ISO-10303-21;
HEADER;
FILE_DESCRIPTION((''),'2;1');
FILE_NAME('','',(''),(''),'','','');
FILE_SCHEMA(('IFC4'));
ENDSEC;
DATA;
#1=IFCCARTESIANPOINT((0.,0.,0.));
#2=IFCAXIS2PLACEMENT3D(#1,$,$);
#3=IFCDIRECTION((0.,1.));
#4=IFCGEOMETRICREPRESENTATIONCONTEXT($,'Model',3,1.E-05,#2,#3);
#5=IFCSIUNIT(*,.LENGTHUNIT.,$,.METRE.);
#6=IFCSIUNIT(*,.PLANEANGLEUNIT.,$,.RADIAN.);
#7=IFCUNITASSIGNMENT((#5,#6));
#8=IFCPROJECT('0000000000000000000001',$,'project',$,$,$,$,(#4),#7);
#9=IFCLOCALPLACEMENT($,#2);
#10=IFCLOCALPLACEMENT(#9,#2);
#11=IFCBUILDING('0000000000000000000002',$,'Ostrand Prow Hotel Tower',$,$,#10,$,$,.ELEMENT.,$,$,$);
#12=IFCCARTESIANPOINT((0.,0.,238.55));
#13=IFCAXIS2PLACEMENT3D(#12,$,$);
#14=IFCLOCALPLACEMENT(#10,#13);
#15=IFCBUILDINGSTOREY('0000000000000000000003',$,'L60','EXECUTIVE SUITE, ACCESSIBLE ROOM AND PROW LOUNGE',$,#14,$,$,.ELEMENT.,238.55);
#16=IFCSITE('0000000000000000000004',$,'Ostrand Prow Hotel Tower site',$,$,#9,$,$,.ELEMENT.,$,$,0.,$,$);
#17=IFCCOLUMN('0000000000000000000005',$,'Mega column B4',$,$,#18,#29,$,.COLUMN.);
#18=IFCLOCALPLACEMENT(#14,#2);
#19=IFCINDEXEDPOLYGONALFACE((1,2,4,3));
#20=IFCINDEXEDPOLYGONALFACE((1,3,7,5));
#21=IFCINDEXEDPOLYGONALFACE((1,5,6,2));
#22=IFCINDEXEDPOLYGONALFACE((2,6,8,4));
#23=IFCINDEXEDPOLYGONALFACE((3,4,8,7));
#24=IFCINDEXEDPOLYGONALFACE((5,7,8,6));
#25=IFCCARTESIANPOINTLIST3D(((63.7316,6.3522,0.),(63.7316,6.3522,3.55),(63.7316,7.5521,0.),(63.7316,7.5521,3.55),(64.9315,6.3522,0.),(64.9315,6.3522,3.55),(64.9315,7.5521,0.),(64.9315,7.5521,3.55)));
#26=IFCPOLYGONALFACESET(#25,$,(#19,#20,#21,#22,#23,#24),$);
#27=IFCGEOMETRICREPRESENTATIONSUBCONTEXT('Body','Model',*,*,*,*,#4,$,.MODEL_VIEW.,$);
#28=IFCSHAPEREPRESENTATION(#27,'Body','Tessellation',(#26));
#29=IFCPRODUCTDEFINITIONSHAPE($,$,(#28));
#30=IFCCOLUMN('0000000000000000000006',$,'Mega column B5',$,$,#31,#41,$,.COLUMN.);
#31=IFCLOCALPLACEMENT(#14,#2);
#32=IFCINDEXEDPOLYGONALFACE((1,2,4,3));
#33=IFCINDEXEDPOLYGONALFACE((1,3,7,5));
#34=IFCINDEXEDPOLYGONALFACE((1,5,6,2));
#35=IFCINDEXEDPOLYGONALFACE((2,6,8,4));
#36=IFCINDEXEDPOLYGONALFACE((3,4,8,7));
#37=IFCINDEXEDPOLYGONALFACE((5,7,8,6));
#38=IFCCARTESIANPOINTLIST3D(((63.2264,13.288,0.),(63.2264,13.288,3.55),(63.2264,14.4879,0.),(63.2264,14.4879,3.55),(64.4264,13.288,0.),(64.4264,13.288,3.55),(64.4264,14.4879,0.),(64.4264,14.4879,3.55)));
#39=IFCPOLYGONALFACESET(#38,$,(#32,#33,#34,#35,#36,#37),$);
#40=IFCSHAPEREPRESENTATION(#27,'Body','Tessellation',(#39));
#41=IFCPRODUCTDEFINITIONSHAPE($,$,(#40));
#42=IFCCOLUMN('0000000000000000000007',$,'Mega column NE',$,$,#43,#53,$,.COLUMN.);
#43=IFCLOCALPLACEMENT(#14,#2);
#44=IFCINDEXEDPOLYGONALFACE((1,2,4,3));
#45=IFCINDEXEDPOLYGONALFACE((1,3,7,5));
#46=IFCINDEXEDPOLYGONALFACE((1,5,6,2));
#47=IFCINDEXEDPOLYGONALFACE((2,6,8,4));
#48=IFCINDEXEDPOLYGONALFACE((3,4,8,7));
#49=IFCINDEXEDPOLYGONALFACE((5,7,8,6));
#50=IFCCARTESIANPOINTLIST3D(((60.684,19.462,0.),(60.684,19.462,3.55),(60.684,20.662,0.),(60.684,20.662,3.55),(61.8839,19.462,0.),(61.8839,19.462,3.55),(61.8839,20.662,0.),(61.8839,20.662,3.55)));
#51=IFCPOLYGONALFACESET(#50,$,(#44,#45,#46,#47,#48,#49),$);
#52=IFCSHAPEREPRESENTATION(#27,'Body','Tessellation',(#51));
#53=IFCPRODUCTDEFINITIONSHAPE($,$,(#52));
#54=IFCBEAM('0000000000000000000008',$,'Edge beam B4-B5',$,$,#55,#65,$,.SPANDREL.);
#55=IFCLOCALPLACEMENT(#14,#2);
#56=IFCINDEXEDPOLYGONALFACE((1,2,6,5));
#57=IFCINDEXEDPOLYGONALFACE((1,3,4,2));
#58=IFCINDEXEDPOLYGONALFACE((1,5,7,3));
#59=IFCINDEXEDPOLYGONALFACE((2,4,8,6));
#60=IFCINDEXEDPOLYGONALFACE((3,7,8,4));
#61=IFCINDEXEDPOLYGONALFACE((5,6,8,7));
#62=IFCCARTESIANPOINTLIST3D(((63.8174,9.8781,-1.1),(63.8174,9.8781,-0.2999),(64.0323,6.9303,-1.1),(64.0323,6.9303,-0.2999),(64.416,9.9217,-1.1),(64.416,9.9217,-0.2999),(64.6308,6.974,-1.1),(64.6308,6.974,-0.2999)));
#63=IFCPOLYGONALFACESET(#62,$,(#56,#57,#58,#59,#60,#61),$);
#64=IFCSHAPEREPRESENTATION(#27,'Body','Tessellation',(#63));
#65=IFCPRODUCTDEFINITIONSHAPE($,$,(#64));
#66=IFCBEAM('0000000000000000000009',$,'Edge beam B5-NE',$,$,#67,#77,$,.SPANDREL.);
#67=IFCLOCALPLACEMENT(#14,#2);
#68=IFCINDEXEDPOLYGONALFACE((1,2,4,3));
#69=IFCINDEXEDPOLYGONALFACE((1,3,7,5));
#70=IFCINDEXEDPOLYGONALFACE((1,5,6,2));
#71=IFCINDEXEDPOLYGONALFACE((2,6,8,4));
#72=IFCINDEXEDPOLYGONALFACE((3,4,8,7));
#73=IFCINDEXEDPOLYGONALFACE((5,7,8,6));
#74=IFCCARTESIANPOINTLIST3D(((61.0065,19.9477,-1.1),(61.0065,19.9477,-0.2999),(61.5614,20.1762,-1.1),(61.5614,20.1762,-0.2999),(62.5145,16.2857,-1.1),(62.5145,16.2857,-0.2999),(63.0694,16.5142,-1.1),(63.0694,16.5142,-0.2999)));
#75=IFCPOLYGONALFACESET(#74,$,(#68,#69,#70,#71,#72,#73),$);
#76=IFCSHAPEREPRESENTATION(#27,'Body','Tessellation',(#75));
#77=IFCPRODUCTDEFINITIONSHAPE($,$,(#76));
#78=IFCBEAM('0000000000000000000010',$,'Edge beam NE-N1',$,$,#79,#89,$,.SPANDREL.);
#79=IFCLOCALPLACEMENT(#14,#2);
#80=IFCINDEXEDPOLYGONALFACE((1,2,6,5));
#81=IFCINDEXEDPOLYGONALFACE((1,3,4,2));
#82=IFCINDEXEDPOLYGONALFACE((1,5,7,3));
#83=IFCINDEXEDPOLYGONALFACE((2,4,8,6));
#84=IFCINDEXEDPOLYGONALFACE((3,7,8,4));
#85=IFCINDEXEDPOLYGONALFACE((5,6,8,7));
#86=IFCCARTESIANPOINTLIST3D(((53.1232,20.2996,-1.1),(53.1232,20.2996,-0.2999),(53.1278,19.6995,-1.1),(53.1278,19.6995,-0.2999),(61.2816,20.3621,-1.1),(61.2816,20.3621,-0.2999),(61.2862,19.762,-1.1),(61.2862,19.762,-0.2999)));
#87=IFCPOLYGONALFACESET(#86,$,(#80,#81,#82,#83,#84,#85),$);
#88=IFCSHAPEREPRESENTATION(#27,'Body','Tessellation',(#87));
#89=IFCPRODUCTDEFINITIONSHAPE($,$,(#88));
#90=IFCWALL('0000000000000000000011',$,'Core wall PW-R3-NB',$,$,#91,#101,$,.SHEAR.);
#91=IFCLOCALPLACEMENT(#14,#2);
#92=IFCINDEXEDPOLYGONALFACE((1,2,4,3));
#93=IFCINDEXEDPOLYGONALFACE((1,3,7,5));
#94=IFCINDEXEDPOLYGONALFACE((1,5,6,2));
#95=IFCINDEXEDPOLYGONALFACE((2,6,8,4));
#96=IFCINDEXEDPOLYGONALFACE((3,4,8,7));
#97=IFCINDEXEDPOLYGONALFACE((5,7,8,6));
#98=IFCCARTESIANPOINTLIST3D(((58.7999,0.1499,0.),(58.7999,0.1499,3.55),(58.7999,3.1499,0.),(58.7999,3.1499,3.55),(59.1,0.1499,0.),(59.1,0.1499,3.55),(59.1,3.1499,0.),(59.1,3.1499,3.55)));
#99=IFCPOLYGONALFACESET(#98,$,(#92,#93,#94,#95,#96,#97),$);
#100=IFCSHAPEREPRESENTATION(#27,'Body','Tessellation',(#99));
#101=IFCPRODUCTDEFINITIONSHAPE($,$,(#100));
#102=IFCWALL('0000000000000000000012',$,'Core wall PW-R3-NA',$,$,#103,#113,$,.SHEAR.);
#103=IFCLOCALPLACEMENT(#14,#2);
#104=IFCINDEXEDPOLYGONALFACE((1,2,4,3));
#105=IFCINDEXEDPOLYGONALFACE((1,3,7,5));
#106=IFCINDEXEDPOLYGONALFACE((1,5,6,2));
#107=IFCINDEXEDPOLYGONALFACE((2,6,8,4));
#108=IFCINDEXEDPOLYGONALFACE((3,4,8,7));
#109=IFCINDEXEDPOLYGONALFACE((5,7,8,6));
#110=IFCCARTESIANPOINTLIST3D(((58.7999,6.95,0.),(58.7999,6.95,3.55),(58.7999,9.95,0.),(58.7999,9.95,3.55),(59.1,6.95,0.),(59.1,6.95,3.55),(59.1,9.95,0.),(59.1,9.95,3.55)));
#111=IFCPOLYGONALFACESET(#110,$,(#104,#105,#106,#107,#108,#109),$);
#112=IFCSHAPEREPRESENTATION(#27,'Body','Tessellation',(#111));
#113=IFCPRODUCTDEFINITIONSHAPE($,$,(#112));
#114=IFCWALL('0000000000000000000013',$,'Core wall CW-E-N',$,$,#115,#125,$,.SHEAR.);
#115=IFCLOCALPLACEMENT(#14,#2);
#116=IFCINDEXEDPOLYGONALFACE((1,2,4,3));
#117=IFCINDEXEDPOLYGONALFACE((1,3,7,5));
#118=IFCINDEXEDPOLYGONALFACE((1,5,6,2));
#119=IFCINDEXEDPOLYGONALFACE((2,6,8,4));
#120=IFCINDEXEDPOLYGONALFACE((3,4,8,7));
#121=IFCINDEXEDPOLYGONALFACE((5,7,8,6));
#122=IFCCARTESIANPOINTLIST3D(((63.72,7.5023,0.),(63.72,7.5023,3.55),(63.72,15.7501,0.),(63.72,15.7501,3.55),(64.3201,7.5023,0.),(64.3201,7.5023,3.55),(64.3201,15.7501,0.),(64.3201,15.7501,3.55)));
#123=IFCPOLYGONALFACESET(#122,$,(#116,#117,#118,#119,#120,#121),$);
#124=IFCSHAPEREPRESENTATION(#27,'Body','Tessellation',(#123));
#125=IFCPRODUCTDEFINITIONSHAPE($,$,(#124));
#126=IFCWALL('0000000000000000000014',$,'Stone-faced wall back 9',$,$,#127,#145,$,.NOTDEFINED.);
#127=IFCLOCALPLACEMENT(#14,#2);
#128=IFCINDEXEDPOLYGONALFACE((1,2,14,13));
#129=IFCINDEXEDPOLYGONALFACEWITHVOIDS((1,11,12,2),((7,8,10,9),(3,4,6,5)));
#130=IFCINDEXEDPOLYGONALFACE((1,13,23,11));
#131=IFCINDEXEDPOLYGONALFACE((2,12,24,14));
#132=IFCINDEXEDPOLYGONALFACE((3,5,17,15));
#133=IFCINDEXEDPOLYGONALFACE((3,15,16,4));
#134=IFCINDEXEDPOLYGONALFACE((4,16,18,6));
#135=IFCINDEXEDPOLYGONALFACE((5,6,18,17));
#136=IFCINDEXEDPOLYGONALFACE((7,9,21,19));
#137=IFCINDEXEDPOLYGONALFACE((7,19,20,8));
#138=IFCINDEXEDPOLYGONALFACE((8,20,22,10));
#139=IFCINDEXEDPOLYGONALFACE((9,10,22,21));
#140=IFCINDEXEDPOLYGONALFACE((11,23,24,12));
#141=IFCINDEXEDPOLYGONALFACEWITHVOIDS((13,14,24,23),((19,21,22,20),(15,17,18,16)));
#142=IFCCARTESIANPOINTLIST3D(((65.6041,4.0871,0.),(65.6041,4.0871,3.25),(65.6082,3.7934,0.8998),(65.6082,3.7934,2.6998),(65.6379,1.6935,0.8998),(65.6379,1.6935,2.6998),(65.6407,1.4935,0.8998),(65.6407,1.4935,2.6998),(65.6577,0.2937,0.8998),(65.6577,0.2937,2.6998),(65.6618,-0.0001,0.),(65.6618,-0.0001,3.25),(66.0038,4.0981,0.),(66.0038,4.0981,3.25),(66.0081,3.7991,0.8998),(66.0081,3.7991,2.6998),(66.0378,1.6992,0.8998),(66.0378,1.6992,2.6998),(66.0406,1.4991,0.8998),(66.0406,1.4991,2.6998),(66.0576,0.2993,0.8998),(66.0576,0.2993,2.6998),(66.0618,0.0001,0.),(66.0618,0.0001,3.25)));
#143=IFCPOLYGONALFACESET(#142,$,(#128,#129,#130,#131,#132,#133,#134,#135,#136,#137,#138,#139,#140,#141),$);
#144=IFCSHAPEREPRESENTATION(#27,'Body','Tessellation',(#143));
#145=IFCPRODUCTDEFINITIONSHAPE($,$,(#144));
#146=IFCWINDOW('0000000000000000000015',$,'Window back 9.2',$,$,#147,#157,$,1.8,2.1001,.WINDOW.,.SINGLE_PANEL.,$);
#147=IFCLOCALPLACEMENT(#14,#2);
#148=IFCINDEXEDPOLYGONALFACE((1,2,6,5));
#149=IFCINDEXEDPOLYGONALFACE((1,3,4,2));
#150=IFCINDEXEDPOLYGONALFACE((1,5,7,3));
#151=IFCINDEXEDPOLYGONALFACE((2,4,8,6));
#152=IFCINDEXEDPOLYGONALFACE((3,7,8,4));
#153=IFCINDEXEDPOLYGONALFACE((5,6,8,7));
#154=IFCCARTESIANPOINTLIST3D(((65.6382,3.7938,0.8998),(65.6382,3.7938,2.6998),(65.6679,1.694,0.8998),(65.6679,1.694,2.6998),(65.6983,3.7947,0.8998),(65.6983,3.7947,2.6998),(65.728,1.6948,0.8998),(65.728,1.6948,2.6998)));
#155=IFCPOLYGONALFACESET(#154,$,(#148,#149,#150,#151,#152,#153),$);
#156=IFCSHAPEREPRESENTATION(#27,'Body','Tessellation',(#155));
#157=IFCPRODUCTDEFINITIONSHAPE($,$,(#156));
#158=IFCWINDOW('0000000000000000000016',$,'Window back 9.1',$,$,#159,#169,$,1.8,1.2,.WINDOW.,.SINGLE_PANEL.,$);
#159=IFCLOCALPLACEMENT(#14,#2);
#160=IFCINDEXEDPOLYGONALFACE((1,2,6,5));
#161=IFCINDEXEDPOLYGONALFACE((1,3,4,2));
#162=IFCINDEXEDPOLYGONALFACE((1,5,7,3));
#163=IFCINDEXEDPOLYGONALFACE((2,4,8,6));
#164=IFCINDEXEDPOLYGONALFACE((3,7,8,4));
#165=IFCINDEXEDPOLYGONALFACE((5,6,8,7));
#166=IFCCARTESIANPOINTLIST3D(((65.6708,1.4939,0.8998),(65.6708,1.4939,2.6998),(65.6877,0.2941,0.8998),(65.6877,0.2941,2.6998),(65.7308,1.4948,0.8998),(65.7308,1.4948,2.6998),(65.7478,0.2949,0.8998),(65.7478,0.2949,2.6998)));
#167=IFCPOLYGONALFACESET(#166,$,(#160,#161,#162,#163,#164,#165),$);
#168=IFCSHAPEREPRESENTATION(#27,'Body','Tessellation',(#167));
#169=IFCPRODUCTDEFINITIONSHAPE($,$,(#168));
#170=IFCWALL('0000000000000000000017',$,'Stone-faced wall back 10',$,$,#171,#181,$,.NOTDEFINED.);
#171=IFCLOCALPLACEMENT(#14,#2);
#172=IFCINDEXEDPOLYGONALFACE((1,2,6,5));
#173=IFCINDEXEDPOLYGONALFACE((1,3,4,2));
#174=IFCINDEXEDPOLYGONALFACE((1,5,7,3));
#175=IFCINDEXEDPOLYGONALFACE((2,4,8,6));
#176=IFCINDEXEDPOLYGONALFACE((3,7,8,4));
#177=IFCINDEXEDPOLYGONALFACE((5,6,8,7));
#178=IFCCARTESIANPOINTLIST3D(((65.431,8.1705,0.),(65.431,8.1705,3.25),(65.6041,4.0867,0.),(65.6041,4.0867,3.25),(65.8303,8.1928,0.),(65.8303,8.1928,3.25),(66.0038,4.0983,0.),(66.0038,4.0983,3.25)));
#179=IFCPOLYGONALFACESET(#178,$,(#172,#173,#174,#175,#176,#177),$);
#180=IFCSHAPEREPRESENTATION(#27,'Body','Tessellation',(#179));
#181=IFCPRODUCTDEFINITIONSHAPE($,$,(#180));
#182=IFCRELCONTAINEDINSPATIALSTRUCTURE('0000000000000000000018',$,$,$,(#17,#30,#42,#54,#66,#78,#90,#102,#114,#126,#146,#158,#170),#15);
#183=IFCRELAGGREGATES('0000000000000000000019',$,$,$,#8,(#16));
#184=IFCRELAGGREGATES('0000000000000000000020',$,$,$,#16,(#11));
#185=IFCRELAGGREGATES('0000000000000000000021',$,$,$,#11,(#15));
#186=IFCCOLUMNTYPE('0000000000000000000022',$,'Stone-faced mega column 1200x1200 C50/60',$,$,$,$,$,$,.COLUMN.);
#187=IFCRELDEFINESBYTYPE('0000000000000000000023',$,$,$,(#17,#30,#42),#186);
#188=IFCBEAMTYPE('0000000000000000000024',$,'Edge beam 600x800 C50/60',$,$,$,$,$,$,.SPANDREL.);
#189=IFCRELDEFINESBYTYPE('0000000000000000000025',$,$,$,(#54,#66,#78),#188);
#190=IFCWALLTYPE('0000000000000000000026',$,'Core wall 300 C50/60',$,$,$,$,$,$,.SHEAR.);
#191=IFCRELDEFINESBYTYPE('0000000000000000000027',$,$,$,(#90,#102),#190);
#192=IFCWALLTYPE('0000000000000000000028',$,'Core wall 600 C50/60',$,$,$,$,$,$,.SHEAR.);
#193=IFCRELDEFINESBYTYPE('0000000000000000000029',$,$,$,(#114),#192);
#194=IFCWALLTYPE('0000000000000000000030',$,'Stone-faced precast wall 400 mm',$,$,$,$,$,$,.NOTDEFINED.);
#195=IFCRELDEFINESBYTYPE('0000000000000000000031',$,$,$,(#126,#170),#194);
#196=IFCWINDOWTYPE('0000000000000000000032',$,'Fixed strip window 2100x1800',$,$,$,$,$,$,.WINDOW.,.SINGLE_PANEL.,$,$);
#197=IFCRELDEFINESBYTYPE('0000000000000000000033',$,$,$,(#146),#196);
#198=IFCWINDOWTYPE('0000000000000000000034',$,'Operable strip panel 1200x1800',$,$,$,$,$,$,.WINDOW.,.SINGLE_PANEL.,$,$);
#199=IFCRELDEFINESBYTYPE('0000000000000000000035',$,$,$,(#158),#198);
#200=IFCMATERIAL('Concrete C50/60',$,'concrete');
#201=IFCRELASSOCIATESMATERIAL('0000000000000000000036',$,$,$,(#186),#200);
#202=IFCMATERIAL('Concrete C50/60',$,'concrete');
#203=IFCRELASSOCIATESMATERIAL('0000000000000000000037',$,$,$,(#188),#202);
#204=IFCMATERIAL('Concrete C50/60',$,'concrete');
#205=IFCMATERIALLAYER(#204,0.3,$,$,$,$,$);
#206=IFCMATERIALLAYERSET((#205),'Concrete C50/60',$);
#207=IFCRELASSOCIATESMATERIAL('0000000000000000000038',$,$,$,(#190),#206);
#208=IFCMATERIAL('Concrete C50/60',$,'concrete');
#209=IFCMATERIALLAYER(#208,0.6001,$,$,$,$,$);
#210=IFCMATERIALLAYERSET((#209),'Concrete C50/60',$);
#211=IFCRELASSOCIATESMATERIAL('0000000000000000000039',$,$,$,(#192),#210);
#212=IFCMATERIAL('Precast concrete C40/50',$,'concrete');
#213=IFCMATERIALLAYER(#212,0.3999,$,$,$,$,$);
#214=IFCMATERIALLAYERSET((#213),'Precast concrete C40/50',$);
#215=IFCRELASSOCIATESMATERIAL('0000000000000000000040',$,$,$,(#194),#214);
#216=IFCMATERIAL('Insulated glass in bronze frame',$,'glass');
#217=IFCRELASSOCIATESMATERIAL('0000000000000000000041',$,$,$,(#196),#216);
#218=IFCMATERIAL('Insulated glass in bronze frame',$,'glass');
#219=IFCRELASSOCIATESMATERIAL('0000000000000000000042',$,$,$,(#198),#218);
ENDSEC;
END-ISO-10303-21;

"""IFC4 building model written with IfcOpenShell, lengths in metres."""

from ifc_helpers import new_model, si_unit, direction, frame, frame_2d, origin, origin_2d, place, context, subcontext, project, spatial, polyline, rectangle, outline, extrude, material, layer, layer_set, material_profile, profile_set, type_object, element, fill, save


model = new_model("IFC4")

# Units and contexts
model_context = context("Model", 3, precision=1e-05, world=origin(), true_north=direction((0.0, 1.0)))
body_context = subcontext(model_context, "Body", "Model", "MODEL_VIEW")
ifc_project = project(units=[si_unit("LENGTHUNIT", "METRE"), si_unit("PLANEANGLEUNIT", "RADIAN")], contexts=[model_context])

# Site, building, storey
site_placement = place(None, origin())
site = spatial("IfcSite", under=ifc_project, at=site_placement, Name="Ostrand Prow Hotel Tower site", CompositionType="ELEMENT", RefElevation=0.0)
building_placement = place(site_placement, origin())
building = spatial("IfcBuilding", under=site, at=building_placement, Name="Ostrand Prow Hotel Tower", CompositionType="ELEMENT")
storey_placement = place(building_placement, frame((0.0, 0.0, 238.55)))
storey = spatial("IfcBuildingStorey", under=building, at=storey_placement, Name="L60", Description="EXECUTIVE SUITE, ACCESSIBLE ROOM AND PROW LOUNGE", CompositionType="ELEMENT", Elevation=238.55)

# Columns
ifc_material_1 = material(Name="Concrete C50/60", Category="concrete")
ifc_material_profile_1 = material_profile(ifc_material_1, rectangle(XDim=1.2, YDim=1.2, at=origin_2d()), Name="RC 1200x1200")
ifc_profile_set_1 = profile_set([ifc_material_profile_1], Name="Concrete C50/60")
column_type = type_object("IfcColumnType", Name="Stone-faced mega column 1200x1200 C50/60", PredefinedType="COLUMN", material=ifc_profile_set_1)
for number, where, z_axis, x_axis, name in (
    (1, (64.3315, 6.9521, 0.0), (0.0, 0.0, 1.0), (1.0, 0.0, 0.0), "Mega column B4"),
    (2, (63.8264, 13.8879, 0.0), (0.0, 0.0, 1.0), (1.0, 0.0, 0.0), "Mega column B5"),
    (3, (61.2839, 20.062, 0.0), (0.0, 0.0, 1.0), (1.0, 0.0, 0.0), "Mega column NE"),
):
    element("IfcColumn", number, at=place(storey_placement, frame(where, z_axis=z_axis, x_axis=x_axis)), inside=storey, type_object=column_type, Name=name, PredefinedType="COLUMN", context=body_context, shape_type="SweptSolid", body=[
        extrude(rectangle(XDim=1.2, YDim=1.2, at=origin_2d()), origin(), (0.0, 0.0, 1.0), 3.55),
    ])

# Beams
ifc_material_2 = material(Name="Concrete C50/60", Category="concrete")
ifc_material_profile_2 = material_profile(ifc_material_2, rectangle(XDim=0.6001, YDim=0.8, at=origin_2d()), Name="RC 600x800")
ifc_profile_set_2 = profile_set([ifc_material_profile_2], Name="Concrete C50/60")
beam_type = type_object("IfcBeamType", Name="Edge beam 600x800 C50/60", PredefinedType="SPANDREL", material=ifc_profile_set_2)
beam_1_placement = place(storey_placement, frame((64.3315, 6.9521, -0.7), z_axis=(-0.072691, 0.997355, 0.0), x_axis=(-0.997355, -0.072691, 0.0)))
element("IfcBeam", 4, at=beam_1_placement, inside=storey, type_object=beam_type, Name="Edge beam B4-B5", PredefinedType="SPANDREL", context=body_context, shape_type="SweptSolid", body=[
    extrude(rectangle(XDim=0.6001, YDim=0.8, at=origin_2d()), origin(), (0.0, 0.0, 1.0), 2.9556),
])
beam_2_placement = place(storey_placement, frame((62.792, 16.3999, -0.7), z_axis=(-0.380778, 0.924667, 0.0), x_axis=(-0.924667, -0.380778, 0.0)))
element("IfcBeam", 5, at=beam_2_placement, inside=storey, type_object=beam_type, Name="Edge beam B5-NE", PredefinedType="SPANDREL", context=body_context, shape_type="SweptSolid", body=[
    extrude(rectangle(XDim=0.6001, YDim=0.8, at=origin_2d()), origin(), (0.0, 0.0, 1.0), 3.9604),
])
beam_3_placement = place(storey_placement, frame((61.2839, 20.062, -0.7), z_axis=(-0.999971, -0.007661, 0.0), x_axis=(0.007661, -0.999971, 0.0)))
element("IfcBeam", 6, at=beam_3_placement, inside=storey, type_object=beam_type, Name="Edge beam NE-N1", PredefinedType="SPANDREL", context=body_context, shape_type="SweptSolid", body=[
    extrude(rectangle(XDim=0.6001, YDim=0.8, at=origin_2d()), origin(), (0.0, 0.0, 1.0), 8.1587),
])

# Walls
ifc_material_3 = material(Name="Concrete C50/60", Category="concrete")
ifc_layer_1 = layer(ifc_material_3, 0.3)
ifc_layer_set_1 = layer_set([ifc_layer_1], Name="Concrete C50/60")
wall_type_1 = type_object("IfcWallType", Name="Core wall 300 C50/60", PredefinedType="SHEAR", material=ifc_layer_set_1)
for number, where, z_axis, x_axis, name in (
    (7, (58.95, 0.1499, 0.0), (0.0, 0.0, 1.0), (0.0, 1.0, 0.0), "Core wall PW-R3-NB"),
    (8, (58.95, 6.95, 0.0), (0.0, 0.0, 1.0), (0.0, 1.0, 0.0), "Core wall PW-R3-NA"),
):
    element("IfcWall", number, at=place(storey_placement, frame(where, z_axis=z_axis, x_axis=x_axis)), inside=storey, type_object=wall_type_1, Name=name, PredefinedType="SHEAR", context=body_context, shape_type="SweptSolid", body=[
        extrude(rectangle(XDim=3.0, YDim=0.3, at=frame_2d((1.5, 0.0))), origin(), (0.0, 0.0, 1.0), 3.55),
    ])
ifc_material_4 = material(Name="Concrete C50/60", Category="concrete")
ifc_layer_2 = layer(ifc_material_4, 0.6001)
ifc_layer_set_2 = layer_set([ifc_layer_2], Name="Concrete C50/60")
wall_type_2 = type_object("IfcWallType", Name="Core wall 600 C50/60", PredefinedType="SHEAR", material=ifc_layer_set_2)
wall_1_placement = place(storey_placement, frame((64.02, 7.5022, 0.0), z_axis=(0.0, 0.0, 1.0), x_axis=(0.0, 1.0, 0.0)))
element("IfcWall", 9, at=wall_1_placement, inside=storey, type_object=wall_type_2, Name="Core wall CW-E-N", PredefinedType="SHEAR", context=body_context, shape_type="SweptSolid", body=[
    extrude(rectangle(XDim=8.2478, YDim=0.6001, at=frame_2d((4.124, 0.0))), origin(), (0.0, 0.0, 1.0), 3.55),
])

# Wall, openings, windows
ifc_material_5 = material(Name="Precast concrete C40/50", Category="concrete")
ifc_layer_3 = layer(ifc_material_5, 0.3999)
ifc_layer_set_3 = layer_set([ifc_layer_3], Name="Precast concrete C40/50")
wall_type_3 = type_object("IfcWallType", Name="Stone-faced precast wall 400 mm", PredefinedType="NOTDEFINED", material=ifc_layer_set_3)
wall_2_placement = place(storey_placement, frame((65.8618, 0.0, 0.0), z_axis=(0.0, 0.0, 1.0), x_axis=(-0.014137, 0.9999, 0.0)))
wall_2 = element("IfcWall", 10, at=wall_2_placement, inside=storey, type_object=wall_type_3, Name="Stone-faced wall back 9", PredefinedType="NOTDEFINED", context=body_context, shape_type="SweptSolid", body=[
    extrude(outline(polyline([(-0.0027, -0.2), (4.0957, -0.2), (4.0903, 0.2), (0.0027, 0.2), (-0.0027, -0.2)])), origin(), (0.0, 0.0, 1.0), 3.25),
])
opening_1_placement = place(wall_2_placement, frame((0.2964, 0.0, 0.8999)))
opening_1 = element("IfcOpeningElement", 11, at=opening_1_placement, cuts=wall_2, PredefinedType="OPENING", context=body_context, shape_type="SweptSolid", body=[
    extrude(rectangle(XDim=1.2, YDim=1.8, at=frame_2d((0.6001, 0.8999))), frame((0.0, 0.21, 0.0), z_axis=(0.0, -1.0, 0.0), x_axis=(1.0, 0.0, 0.0)), (0.0, 0.0, 1.0), 0.4199),
])
opening_2_placement = place(wall_2_placement, frame((1.6965, 0.0, 0.8999)))
opening_2 = element("IfcOpeningElement", 12, at=opening_2_placement, cuts=wall_2, PredefinedType="OPENING", context=body_context, shape_type="SweptSolid", body=[
    extrude(rectangle(XDim=2.1001, YDim=1.8, at=frame_2d((1.05, 0.8999))), frame((0.0, 0.21, 0.0), z_axis=(0.0, -1.0, 0.0), x_axis=(1.0, 0.0, 0.0)), (0.0, 0.0, 1.0), 0.4199),
])
ifc_material_6 = material(Name="Insulated glass in bronze frame", Category="glass")
window_type_1 = type_object("IfcWindowType", Name="Fixed strip window 2100x1800", PartitioningType="SINGLE_PANEL", PredefinedType="WINDOW", material=ifc_material_6)
window_1_placement = place(opening_2_placement, origin())
window_1 = element("IfcWindow", 13, at=window_1_placement, inside=storey, type_object=window_type_1, Name="Window back 9.2", OverallHeight=1.8, OverallWidth=2.1001, PartitioningType="SINGLE_PANEL", PredefinedType="WINDOW", context=body_context, shape_type="SweptSolid", body=[
    extrude(rectangle(XDim=2.1001, YDim=1.8, at=frame_2d((1.05, 0.8999))), frame((0.0, 0.1699, 0.0), z_axis=(0.0, -1.0, 0.0), x_axis=(1.0, 0.0, 0.0)), (0.0, 0.0, 1.0), 0.0601),
])
fill(opening_2, window_1)
ifc_material_7 = material(Name="Insulated glass in bronze frame", Category="glass")
window_type_2 = type_object("IfcWindowType", Name="Operable strip panel 1200x1800", PartitioningType="SINGLE_PANEL", PredefinedType="WINDOW", material=ifc_material_7)
window_2_placement = place(opening_1_placement, origin())
window_2 = element("IfcWindow", 14, at=window_2_placement, inside=storey, type_object=window_type_2, Name="Window back 9.1", OverallHeight=1.8, OverallWidth=1.2, PartitioningType="SINGLE_PANEL", PredefinedType="WINDOW", context=body_context, shape_type="SweptSolid", body=[
    extrude(rectangle(XDim=1.2, YDim=1.8, at=frame_2d((0.6001, 0.8999))), frame((0.0, 0.1699, 0.0), z_axis=(0.0, -1.0, 0.0), x_axis=(1.0, 0.0, 0.0)), (0.0, 0.0, 1.0), 0.0601),
])
fill(opening_1, window_2)

# Wall
wall_3_placement = place(storey_placement, frame((65.804, 4.0925, 0.0), z_axis=(0.0, 0.0, 1.0), x_axis=(-0.042353, 0.999103, 0.0)))
element("IfcWall", 15, at=wall_3_placement, inside=storey, type_object=wall_type_3, Name="Stone-faced wall back 10", PredefinedType="NOTDEFINED", context=body_context, shape_type="SweptSolid", body=[
    extrude(outline(polyline([(-0.0027, -0.2), (4.0955, -0.2), (4.0901, 0.2), (0.0027, 0.2), (-0.0027, -0.2)])), origin(), (0.0, 0.0, 1.0), 3.25),
])

save(model, "model.ifc")
